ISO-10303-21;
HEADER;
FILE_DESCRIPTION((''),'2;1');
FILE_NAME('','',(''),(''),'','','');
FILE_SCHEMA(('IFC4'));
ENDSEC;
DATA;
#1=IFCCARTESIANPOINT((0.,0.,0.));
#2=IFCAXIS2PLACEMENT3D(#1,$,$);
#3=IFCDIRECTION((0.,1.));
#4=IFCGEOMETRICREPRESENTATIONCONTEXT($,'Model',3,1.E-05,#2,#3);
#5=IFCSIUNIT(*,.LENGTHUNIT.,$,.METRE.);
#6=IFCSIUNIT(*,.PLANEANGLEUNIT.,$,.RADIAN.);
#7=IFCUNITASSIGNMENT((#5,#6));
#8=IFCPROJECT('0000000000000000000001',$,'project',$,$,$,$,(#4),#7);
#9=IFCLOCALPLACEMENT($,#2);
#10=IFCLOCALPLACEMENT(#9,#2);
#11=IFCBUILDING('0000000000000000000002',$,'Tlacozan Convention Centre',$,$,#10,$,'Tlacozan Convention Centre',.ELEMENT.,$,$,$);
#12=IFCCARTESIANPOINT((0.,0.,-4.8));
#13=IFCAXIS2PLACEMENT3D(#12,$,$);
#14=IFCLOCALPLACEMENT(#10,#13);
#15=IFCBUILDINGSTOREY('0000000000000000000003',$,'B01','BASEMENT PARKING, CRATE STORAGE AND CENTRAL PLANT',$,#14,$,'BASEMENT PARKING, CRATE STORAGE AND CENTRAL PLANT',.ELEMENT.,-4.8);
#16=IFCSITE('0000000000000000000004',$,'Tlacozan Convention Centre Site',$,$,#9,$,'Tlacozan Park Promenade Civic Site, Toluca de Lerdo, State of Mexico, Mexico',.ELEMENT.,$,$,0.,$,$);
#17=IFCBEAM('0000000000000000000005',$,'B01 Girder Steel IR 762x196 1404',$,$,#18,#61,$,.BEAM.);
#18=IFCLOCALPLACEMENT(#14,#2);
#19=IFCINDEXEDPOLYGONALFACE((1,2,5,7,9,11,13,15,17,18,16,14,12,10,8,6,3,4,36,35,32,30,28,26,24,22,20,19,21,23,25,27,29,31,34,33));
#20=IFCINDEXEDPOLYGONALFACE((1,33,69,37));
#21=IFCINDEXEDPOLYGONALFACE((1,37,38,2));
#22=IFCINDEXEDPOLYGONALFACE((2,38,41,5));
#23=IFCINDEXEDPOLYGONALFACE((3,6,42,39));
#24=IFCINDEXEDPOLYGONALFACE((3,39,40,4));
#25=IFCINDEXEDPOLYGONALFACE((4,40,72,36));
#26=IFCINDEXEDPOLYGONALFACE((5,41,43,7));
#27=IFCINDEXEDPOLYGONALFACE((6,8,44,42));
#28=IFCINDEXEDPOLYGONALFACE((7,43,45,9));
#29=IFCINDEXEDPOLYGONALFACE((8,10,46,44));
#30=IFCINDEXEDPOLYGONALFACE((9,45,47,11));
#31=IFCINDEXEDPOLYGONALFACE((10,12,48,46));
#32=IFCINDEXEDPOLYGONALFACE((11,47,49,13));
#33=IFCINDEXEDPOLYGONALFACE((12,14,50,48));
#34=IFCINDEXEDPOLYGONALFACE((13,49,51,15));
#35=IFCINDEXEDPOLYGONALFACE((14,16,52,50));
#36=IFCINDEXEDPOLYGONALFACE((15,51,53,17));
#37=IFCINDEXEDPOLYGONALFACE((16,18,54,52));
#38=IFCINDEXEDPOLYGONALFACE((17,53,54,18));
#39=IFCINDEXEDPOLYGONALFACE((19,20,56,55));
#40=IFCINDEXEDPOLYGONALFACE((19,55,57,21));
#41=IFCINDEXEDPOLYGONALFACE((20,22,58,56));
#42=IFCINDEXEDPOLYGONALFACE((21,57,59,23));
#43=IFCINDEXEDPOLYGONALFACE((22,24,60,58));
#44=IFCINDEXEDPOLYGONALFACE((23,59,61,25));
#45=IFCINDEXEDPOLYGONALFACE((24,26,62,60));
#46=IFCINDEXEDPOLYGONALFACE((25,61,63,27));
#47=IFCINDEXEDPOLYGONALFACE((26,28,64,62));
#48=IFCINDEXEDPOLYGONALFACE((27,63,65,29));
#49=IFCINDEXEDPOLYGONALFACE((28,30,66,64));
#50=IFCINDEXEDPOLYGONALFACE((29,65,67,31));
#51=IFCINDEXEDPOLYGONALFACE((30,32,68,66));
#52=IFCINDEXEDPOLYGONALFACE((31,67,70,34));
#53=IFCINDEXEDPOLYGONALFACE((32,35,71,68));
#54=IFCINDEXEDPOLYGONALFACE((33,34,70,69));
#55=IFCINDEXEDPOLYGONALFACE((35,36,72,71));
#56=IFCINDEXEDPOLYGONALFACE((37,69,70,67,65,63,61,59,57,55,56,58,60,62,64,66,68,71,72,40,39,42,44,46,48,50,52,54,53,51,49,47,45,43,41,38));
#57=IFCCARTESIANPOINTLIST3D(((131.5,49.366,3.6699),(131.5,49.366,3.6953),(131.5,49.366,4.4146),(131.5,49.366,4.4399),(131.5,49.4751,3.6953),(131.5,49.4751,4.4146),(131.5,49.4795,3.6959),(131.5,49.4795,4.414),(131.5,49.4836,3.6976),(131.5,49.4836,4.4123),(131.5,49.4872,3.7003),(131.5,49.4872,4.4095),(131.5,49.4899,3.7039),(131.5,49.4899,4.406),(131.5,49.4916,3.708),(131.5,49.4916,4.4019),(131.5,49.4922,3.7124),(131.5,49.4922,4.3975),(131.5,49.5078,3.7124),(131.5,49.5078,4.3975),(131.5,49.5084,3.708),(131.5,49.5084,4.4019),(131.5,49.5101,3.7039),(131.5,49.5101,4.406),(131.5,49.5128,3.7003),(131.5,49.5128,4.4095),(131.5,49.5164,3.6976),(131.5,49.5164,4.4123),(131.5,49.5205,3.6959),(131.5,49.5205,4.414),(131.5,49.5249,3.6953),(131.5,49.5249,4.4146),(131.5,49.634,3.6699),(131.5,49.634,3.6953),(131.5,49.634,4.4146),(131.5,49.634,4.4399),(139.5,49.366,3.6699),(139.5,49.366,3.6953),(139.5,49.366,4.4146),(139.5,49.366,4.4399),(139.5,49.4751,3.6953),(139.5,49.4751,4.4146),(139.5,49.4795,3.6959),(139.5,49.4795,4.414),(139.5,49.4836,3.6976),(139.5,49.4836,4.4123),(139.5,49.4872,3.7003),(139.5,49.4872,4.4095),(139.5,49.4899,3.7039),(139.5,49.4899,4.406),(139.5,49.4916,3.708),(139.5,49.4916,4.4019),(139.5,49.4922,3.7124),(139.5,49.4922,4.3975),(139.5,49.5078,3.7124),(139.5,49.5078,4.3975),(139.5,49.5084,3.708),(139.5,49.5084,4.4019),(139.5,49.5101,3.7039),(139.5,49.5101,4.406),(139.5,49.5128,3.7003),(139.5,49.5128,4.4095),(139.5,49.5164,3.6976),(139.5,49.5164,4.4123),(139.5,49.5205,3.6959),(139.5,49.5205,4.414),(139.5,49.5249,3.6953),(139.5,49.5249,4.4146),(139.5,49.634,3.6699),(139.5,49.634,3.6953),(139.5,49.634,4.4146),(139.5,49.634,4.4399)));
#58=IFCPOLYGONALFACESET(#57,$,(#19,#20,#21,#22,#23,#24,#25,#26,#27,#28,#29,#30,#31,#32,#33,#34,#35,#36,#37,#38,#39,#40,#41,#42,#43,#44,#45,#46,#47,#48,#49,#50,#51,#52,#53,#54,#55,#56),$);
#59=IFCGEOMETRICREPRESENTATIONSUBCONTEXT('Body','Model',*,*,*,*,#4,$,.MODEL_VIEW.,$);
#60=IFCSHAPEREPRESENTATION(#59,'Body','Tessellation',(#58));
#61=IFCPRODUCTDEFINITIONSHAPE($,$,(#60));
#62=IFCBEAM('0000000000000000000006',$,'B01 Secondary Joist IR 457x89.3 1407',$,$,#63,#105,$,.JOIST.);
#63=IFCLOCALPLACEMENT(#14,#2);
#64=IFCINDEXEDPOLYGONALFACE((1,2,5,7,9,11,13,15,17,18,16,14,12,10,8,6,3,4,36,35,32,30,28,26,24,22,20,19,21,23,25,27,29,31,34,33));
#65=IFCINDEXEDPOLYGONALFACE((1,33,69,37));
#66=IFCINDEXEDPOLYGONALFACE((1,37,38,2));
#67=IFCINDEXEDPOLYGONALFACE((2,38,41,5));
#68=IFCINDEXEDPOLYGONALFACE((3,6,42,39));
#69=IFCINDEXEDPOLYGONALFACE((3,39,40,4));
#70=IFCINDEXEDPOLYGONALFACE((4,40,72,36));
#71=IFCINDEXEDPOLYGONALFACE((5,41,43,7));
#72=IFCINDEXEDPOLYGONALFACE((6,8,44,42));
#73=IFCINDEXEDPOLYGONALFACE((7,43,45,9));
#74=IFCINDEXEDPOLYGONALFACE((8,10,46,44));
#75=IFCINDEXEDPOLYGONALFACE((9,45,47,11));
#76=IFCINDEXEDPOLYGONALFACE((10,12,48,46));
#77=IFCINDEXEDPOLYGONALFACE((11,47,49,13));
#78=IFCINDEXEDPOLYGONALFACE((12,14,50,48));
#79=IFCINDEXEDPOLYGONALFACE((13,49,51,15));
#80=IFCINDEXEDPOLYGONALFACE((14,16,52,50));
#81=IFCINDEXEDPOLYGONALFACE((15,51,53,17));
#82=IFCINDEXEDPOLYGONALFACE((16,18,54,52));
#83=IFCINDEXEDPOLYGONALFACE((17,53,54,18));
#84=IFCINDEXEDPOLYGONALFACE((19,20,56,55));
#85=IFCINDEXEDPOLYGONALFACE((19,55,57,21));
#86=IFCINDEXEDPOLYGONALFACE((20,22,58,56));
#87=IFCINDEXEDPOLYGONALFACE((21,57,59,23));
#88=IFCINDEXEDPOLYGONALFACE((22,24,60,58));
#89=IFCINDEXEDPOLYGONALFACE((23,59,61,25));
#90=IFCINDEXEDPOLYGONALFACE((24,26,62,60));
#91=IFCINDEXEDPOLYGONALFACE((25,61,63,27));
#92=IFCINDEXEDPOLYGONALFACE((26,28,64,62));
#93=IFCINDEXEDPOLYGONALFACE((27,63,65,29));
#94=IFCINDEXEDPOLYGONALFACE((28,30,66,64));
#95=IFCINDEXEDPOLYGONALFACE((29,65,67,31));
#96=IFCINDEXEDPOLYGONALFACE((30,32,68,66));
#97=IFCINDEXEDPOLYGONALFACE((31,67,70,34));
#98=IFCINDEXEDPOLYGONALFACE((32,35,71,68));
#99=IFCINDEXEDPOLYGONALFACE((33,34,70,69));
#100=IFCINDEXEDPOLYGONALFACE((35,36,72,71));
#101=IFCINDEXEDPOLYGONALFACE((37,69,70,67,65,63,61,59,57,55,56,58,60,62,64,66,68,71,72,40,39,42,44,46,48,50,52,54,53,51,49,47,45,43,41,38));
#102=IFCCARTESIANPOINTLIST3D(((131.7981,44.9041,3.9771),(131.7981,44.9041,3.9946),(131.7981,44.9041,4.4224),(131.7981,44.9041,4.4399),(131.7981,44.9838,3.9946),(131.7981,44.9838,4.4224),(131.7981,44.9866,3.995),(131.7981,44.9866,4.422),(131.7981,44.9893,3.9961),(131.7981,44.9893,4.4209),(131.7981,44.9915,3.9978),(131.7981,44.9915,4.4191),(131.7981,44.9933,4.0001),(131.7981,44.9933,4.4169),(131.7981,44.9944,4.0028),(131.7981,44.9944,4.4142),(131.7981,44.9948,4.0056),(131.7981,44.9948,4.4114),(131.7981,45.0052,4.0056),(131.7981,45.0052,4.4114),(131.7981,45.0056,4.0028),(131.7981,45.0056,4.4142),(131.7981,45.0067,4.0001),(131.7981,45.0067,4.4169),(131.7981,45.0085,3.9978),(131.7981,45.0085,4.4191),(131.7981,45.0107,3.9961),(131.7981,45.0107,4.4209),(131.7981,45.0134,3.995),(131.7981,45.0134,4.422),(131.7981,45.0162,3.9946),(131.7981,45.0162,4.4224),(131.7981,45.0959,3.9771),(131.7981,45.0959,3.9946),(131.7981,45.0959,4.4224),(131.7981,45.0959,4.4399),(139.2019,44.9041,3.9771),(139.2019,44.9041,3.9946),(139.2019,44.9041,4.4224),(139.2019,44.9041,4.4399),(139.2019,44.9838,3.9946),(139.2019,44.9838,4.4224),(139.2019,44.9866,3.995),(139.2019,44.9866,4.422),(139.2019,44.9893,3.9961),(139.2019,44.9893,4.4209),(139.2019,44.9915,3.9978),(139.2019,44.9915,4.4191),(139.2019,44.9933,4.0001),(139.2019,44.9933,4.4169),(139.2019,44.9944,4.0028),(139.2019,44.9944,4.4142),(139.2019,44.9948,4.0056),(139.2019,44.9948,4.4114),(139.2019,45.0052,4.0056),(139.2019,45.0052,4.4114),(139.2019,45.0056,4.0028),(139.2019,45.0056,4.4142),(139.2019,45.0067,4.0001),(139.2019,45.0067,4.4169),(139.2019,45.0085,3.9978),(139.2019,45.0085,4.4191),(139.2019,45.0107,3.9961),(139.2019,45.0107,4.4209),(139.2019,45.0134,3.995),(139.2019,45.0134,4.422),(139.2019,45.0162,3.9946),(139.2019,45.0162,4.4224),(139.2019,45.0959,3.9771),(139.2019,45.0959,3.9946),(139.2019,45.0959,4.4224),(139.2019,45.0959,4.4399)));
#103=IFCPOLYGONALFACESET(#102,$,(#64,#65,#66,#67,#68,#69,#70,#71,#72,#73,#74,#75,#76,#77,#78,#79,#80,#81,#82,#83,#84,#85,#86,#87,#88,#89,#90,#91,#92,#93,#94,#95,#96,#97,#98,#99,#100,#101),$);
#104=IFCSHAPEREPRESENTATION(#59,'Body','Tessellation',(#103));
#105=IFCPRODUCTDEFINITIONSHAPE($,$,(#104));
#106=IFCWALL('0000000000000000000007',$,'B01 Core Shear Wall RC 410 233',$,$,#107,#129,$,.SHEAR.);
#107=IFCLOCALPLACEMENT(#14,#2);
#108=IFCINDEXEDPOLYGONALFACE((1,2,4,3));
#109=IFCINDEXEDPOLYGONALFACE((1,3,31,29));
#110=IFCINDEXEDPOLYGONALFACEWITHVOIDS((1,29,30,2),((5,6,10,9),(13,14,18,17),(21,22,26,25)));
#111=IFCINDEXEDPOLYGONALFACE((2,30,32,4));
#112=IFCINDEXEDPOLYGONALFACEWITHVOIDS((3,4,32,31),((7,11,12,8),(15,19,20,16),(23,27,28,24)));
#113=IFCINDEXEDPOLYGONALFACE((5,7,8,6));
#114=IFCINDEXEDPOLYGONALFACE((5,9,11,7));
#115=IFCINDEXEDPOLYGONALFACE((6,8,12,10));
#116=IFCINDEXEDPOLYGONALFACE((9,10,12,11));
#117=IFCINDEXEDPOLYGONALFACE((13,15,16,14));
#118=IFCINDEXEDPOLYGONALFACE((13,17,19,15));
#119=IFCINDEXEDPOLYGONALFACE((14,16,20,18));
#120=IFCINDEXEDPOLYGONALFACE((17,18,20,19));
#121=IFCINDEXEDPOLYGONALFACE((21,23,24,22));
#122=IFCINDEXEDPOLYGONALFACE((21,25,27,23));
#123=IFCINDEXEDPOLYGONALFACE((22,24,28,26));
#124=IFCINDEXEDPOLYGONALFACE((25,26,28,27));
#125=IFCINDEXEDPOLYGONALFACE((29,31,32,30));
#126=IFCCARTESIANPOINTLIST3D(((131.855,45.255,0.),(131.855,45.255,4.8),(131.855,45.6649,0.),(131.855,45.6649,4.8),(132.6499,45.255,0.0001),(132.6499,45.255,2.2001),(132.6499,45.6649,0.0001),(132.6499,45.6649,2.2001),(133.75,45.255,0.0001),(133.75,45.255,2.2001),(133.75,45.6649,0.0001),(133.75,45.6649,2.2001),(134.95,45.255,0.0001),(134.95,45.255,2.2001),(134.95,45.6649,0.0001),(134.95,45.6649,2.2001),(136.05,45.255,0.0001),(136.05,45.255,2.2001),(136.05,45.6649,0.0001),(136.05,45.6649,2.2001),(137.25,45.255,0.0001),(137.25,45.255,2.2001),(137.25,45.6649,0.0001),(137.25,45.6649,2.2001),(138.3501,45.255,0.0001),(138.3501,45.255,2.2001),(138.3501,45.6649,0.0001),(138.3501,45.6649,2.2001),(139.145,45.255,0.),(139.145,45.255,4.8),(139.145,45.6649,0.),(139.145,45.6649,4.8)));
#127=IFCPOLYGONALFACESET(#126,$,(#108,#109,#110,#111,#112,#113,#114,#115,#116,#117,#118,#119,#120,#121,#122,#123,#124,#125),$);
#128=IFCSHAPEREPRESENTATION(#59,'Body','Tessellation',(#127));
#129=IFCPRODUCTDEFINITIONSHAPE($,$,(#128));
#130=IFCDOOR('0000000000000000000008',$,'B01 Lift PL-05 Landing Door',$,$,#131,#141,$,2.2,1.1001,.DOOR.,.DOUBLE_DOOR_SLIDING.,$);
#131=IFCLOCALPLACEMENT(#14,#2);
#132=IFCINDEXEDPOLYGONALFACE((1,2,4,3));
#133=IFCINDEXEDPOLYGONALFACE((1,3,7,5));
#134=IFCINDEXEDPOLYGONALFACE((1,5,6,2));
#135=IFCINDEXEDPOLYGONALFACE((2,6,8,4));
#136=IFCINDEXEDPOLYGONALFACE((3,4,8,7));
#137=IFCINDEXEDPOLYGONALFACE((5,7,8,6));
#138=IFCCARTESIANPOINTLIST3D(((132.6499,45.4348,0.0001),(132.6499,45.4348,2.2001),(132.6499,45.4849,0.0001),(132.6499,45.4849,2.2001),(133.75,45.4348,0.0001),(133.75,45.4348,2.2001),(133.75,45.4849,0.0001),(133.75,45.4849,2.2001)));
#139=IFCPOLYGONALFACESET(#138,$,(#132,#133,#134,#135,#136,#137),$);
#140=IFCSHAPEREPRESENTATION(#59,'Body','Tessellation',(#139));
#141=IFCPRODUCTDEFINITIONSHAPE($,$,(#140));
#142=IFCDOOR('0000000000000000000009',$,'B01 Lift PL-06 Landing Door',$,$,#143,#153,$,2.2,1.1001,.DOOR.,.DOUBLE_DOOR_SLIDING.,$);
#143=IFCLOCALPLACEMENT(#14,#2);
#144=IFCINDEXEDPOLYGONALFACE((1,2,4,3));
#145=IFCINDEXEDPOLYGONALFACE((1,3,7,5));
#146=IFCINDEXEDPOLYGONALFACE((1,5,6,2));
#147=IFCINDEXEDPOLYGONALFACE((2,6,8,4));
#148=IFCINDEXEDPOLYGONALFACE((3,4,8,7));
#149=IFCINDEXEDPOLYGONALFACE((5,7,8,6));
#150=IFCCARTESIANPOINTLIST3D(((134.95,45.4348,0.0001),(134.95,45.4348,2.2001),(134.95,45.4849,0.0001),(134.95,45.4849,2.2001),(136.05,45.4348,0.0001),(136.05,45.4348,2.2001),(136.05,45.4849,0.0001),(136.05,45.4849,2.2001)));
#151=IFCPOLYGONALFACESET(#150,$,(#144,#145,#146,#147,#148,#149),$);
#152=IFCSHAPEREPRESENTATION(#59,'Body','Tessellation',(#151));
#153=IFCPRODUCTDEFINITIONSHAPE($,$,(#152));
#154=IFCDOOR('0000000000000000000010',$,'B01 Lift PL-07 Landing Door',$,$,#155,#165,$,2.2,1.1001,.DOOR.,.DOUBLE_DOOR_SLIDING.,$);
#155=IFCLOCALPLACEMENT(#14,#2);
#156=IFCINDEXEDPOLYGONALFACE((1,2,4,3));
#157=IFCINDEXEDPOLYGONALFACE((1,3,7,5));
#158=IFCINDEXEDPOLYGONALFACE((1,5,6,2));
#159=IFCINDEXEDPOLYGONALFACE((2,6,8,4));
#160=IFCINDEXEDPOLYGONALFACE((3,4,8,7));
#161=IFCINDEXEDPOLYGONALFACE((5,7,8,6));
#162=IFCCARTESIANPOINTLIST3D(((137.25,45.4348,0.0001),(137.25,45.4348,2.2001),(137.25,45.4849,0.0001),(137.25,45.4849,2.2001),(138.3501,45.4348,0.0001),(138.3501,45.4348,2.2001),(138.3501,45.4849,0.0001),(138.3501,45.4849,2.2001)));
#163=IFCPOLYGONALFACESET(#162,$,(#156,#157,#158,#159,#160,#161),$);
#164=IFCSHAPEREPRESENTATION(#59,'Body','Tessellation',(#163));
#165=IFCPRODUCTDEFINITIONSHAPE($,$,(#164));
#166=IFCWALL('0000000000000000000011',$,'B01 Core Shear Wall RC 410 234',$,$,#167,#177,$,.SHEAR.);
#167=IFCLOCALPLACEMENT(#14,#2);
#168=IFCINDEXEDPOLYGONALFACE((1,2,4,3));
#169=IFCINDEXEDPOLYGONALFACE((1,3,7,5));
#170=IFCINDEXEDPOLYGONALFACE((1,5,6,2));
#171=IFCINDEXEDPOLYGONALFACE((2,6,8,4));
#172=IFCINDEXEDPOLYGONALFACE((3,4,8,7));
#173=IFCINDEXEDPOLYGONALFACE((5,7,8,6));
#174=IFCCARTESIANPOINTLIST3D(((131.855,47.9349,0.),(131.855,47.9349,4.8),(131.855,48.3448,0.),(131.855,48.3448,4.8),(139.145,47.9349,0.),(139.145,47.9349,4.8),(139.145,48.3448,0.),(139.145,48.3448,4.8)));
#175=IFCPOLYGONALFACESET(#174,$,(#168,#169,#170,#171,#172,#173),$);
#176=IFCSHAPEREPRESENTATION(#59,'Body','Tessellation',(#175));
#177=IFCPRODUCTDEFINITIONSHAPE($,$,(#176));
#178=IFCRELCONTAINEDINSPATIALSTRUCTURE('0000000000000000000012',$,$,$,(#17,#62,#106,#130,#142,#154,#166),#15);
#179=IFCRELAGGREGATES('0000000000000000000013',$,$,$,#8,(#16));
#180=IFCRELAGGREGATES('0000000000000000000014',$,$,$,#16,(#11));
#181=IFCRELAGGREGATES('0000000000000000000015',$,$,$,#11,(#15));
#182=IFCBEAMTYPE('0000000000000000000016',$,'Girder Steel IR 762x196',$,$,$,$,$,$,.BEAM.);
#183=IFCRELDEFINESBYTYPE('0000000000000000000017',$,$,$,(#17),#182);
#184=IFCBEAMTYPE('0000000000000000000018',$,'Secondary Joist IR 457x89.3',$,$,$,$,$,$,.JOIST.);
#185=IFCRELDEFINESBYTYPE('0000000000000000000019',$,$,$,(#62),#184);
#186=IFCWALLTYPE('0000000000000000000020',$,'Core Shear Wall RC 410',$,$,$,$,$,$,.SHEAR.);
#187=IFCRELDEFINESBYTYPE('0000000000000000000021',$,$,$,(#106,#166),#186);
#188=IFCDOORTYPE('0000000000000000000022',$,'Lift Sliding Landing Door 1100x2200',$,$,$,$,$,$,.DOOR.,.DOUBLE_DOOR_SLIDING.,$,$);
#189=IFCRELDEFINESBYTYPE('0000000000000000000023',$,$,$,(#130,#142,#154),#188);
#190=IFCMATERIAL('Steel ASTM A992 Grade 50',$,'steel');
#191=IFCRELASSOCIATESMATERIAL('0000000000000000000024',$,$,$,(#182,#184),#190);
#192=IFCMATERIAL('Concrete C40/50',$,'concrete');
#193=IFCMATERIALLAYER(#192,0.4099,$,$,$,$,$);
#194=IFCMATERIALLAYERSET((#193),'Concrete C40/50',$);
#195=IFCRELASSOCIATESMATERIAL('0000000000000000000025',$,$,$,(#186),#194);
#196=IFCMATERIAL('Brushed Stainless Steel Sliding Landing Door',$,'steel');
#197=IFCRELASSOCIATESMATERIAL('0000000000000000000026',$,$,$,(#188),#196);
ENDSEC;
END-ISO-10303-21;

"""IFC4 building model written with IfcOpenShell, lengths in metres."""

from ifc_helpers import new_model, si_unit, direction, frame, frame_2d, origin, origin_2d, place, context, subcontext, project, spatial, rectangle, i_section, extrude, material, layer, layer_set, material_profile, profile_set, type_object, element, fill, save


model = new_model("IFC4")

# Units and contexts
model_context = context("Model", 3, precision=1e-05, world=origin(), true_north=direction((0.0, 1.0)))
body_context = subcontext(model_context, "Body", "Model", "MODEL_VIEW")
ifc_project = project(units=[si_unit("LENGTHUNIT", "METRE"), si_unit("PLANEANGLEUNIT", "RADIAN")], contexts=[model_context])

# Site, building, storey
site_placement = place(None, origin())
site = spatial("IfcSite", under=ifc_project, at=site_placement, Name="Tlacozan Convention Centre Site", LongName="Tlacozan Park Promenade Civic Site, Toluca de Lerdo, State of Mexico, Mexico", CompositionType="ELEMENT", RefElevation=0.0)
building_placement = place(site_placement, origin())
building = spatial("IfcBuilding", under=site, at=building_placement, Name="Tlacozan Convention Centre", LongName="Tlacozan Convention Centre", CompositionType="ELEMENT")
storey_placement = place(building_placement, frame((0.0, 0.0, -4.8)))
storey = spatial("IfcBuildingStorey", under=building, at=storey_placement, Name="B01", Description="BASEMENT PARKING, CRATE STORAGE AND CENTRAL PLANT", LongName="BASEMENT PARKING, CRATE STORAGE AND CENTRAL PLANT", CompositionType="ELEMENT", Elevation=-4.8)

# Shared definitions
ifc_material_1 = material(Name="Concrete C40/50", Category="concrete")

# Beams
ifc_material_2 = material(Name="Steel ASTM A992 Grade 50", Category="steel")
ifc_material_profile_1 = material_profile(ifc_material_2, i_section(OverallWidth=0.2681, OverallDepth=0.77, WebThickness=0.0156, FlangeThickness=0.0254, FilletRadius=0.0171, at=origin_2d()), Name="IR 762x196.0")
ifc_profile_set_1 = profile_set([ifc_material_profile_1], Name="Steel ASTM A992 Grade 50")
beam_type_1 = type_object("IfcBeamType", Name="Girder Steel IR 762x196", PredefinedType="BEAM", material=ifc_profile_set_1)
beam_1_placement = place(storey_placement, frame((131.5, 49.5, 4.0549), z_axis=(1.0, 0.0, 0.0), x_axis=(0.0, 1.0, 0.0)))
element("IfcBeam", 1, at=beam_1_placement, inside=storey, type_object=beam_type_1, Name="B01 Girder Steel IR 762x196 1404", PredefinedType="BEAM", context=body_context, shape_type="SweptSolid", body=[
    extrude(i_section(OverallWidth=0.2681, OverallDepth=0.77, WebThickness=0.0156, FlangeThickness=0.0254, FilletRadius=0.0171, at=origin_2d()), origin(), (0.0, 0.0, 1.0), 8.0),
])
ifc_material_profile_2 = material_profile(ifc_material_2, i_section(OverallWidth=0.1919, OverallDepth=0.4629, WebThickness=0.0105, FlangeThickness=0.0176, FilletRadius=0.011, at=origin_2d()), Name="IR 457x89.3")
ifc_profile_set_2 = profile_set([ifc_material_profile_2], Name="Steel ASTM A992 Grade 50")
beam_type_2 = type_object("IfcBeamType", Name="Secondary Joist IR 457x89.3", PredefinedType="JOIST", material=ifc_profile_set_2)
beam_2_placement = place(storey_placement, frame((131.7981, 45.0, 4.2085), z_axis=(1.0, 0.0, 0.0), x_axis=(0.0, 1.0, 0.0)))
element("IfcBeam", 2, at=beam_2_placement, inside=storey, type_object=beam_type_2, Name="B01 Secondary Joist IR 457x89.3 1407", PredefinedType="JOIST", context=body_context, shape_type="SweptSolid", body=[
    extrude(i_section(OverallWidth=0.1919, OverallDepth=0.4629, WebThickness=0.0105, FlangeThickness=0.0176, FilletRadius=0.011, at=origin_2d()), origin(), (0.0, 0.0, 1.0), 7.4038),
])

# Wall, openings, doors
ifc_layer_1 = layer(ifc_material_1, 0.4099)
ifc_layer_set_1 = layer_set([ifc_layer_1], Name="Concrete C40/50")
wall_type = type_object("IfcWallType", Name="Core Shear Wall RC 410", PredefinedType="SHEAR", material=ifc_layer_set_1)
wall_1_placement = place(storey_placement, frame((131.855, 45.46, 0.0), z_axis=(0.0, 0.0, 1.0), x_axis=(1.0, 0.0, 0.0)))
wall_1 = element("IfcWall", 3, at=wall_1_placement, inside=storey, type_object=wall_type, Name="B01 Core Shear Wall RC 410 233", PredefinedType="SHEAR", context=body_context, shape_type="SweptSolid", body=[
    extrude(rectangle(XDim=7.29, YDim=0.4099, at=frame_2d((3.645, 0.0))), origin(), (0.0, 0.0, 1.0), 4.8),
])
opening_1_placement = place(wall_1_placement, frame((0.7949, 0.0, 0.0)))
opening_1 = element("IfcOpeningElement", 4, at=opening_1_placement, cuts=wall_1, PredefinedType="OPENING", context=body_context, shape_type="SweptSolid", body=[
    extrude(rectangle(XDim=1.1001, YDim=2.2, at=frame_2d((0.55, 1.1001))), frame((0.0, 0.2148, 0.0), z_axis=(0.0, -1.0, 0.0), x_axis=(1.0, 0.0, 0.0)), (0.0, 0.0, 1.0), 0.4299),
])
opening_2_placement = place(wall_1_placement, frame((3.095, 0.0, 0.0)))
opening_2 = element("IfcOpeningElement", 5, at=opening_2_placement, cuts=wall_1, PredefinedType="OPENING", context=body_context, shape_type="SweptSolid", body=[
    extrude(rectangle(XDim=1.1001, YDim=2.2, at=frame_2d((0.55, 1.1001))), frame((0.0, 0.2148, 0.0), z_axis=(0.0, -1.0, 0.0), x_axis=(1.0, 0.0, 0.0)), (0.0, 0.0, 1.0), 0.4299),
])
opening_3_placement = place(wall_1_placement, frame((5.395, 0.0, 0.0)))
opening_3 = element("IfcOpeningElement", 6, at=opening_3_placement, cuts=wall_1, PredefinedType="OPENING", context=body_context, shape_type="SweptSolid", body=[
    extrude(rectangle(XDim=1.1001, YDim=2.2, at=frame_2d((0.55, 1.1001))), frame((0.0, 0.2148, 0.0), z_axis=(0.0, -1.0, 0.0), x_axis=(1.0, 0.0, 0.0)), (0.0, 0.0, 1.0), 0.4299),
])
ifc_material_3 = material(Name="Brushed Stainless Steel Sliding Landing Door", Category="steel")
door_type = type_object("IfcDoorType", Name="Lift Sliding Landing Door 1100x2200", OperationType="DOUBLE_DOOR_SLIDING", PredefinedType="DOOR", material=ifc_material_3)
door_1_placement = place(opening_1_placement, origin())
door_1 = element("IfcDoor", 7, at=door_1_placement, inside=storey, type_object=door_type, Name="B01 Lift PL-05 Landing Door", OperationType="DOUBLE_DOOR_SLIDING", OverallHeight=2.2, OverallWidth=1.1001, PredefinedType="DOOR", context=body_context, shape_type="SweptSolid", body=[
    extrude(rectangle(XDim=1.1001, YDim=2.2, at=frame_2d((0.55, 1.1001))), frame((0.0, 0.0249, 0.0), z_axis=(0.0, -1.0, 0.0), x_axis=(1.0, 0.0, 0.0)), (0.0, 0.0, 1.0), 0.05),
])
fill(opening_1, door_1)
door_2_placement = place(opening_2_placement, origin())
door_2 = element("IfcDoor", 8, at=door_2_placement, inside=storey, type_object=door_type, Name="B01 Lift PL-06 Landing Door", OperationType="DOUBLE_DOOR_SLIDING", OverallHeight=2.2, OverallWidth=1.1001, PredefinedType="DOOR", context=body_context, shape_type="SweptSolid", body=[
    extrude(rectangle(XDim=1.1001, YDim=2.2, at=frame_2d((0.55, 1.1001))), frame((0.0, 0.0249, 0.0), z_axis=(0.0, -1.0, 0.0), x_axis=(1.0, 0.0, 0.0)), (0.0, 0.0, 1.0), 0.05),
])
fill(opening_2, door_2)
door_3_placement = place(opening_3_placement, origin())
door_3 = element("IfcDoor", 9, at=door_3_placement, inside=storey, type_object=door_type, Name="B01 Lift PL-07 Landing Door", OperationType="DOUBLE_DOOR_SLIDING", OverallHeight=2.2, OverallWidth=1.1001, PredefinedType="DOOR", context=body_context, shape_type="SweptSolid", body=[
    extrude(rectangle(XDim=1.1001, YDim=2.2, at=frame_2d((0.55, 1.1001))), frame((0.0, 0.0249, 0.0), z_axis=(0.0, -1.0, 0.0), x_axis=(1.0, 0.0, 0.0)), (0.0, 0.0, 1.0), 0.05),
])
fill(opening_3, door_3)

# Wall
wall_2_placement = place(storey_placement, frame((131.855, 48.1399, 0.0), z_axis=(0.0, 0.0, 1.0), x_axis=(1.0, 0.0, 0.0)))
element("IfcWall", 10, at=wall_2_placement, inside=storey, type_object=wall_type, Name="B01 Core Shear Wall RC 410 234", PredefinedType="SHEAR", context=body_context, shape_type="SweptSolid", body=[
    extrude(rectangle(XDim=7.29, YDim=0.4099, at=frame_2d((3.645, 0.0))), origin(), (0.0, 0.0, 1.0), 4.8),
])

save(model, "model.ifc")
